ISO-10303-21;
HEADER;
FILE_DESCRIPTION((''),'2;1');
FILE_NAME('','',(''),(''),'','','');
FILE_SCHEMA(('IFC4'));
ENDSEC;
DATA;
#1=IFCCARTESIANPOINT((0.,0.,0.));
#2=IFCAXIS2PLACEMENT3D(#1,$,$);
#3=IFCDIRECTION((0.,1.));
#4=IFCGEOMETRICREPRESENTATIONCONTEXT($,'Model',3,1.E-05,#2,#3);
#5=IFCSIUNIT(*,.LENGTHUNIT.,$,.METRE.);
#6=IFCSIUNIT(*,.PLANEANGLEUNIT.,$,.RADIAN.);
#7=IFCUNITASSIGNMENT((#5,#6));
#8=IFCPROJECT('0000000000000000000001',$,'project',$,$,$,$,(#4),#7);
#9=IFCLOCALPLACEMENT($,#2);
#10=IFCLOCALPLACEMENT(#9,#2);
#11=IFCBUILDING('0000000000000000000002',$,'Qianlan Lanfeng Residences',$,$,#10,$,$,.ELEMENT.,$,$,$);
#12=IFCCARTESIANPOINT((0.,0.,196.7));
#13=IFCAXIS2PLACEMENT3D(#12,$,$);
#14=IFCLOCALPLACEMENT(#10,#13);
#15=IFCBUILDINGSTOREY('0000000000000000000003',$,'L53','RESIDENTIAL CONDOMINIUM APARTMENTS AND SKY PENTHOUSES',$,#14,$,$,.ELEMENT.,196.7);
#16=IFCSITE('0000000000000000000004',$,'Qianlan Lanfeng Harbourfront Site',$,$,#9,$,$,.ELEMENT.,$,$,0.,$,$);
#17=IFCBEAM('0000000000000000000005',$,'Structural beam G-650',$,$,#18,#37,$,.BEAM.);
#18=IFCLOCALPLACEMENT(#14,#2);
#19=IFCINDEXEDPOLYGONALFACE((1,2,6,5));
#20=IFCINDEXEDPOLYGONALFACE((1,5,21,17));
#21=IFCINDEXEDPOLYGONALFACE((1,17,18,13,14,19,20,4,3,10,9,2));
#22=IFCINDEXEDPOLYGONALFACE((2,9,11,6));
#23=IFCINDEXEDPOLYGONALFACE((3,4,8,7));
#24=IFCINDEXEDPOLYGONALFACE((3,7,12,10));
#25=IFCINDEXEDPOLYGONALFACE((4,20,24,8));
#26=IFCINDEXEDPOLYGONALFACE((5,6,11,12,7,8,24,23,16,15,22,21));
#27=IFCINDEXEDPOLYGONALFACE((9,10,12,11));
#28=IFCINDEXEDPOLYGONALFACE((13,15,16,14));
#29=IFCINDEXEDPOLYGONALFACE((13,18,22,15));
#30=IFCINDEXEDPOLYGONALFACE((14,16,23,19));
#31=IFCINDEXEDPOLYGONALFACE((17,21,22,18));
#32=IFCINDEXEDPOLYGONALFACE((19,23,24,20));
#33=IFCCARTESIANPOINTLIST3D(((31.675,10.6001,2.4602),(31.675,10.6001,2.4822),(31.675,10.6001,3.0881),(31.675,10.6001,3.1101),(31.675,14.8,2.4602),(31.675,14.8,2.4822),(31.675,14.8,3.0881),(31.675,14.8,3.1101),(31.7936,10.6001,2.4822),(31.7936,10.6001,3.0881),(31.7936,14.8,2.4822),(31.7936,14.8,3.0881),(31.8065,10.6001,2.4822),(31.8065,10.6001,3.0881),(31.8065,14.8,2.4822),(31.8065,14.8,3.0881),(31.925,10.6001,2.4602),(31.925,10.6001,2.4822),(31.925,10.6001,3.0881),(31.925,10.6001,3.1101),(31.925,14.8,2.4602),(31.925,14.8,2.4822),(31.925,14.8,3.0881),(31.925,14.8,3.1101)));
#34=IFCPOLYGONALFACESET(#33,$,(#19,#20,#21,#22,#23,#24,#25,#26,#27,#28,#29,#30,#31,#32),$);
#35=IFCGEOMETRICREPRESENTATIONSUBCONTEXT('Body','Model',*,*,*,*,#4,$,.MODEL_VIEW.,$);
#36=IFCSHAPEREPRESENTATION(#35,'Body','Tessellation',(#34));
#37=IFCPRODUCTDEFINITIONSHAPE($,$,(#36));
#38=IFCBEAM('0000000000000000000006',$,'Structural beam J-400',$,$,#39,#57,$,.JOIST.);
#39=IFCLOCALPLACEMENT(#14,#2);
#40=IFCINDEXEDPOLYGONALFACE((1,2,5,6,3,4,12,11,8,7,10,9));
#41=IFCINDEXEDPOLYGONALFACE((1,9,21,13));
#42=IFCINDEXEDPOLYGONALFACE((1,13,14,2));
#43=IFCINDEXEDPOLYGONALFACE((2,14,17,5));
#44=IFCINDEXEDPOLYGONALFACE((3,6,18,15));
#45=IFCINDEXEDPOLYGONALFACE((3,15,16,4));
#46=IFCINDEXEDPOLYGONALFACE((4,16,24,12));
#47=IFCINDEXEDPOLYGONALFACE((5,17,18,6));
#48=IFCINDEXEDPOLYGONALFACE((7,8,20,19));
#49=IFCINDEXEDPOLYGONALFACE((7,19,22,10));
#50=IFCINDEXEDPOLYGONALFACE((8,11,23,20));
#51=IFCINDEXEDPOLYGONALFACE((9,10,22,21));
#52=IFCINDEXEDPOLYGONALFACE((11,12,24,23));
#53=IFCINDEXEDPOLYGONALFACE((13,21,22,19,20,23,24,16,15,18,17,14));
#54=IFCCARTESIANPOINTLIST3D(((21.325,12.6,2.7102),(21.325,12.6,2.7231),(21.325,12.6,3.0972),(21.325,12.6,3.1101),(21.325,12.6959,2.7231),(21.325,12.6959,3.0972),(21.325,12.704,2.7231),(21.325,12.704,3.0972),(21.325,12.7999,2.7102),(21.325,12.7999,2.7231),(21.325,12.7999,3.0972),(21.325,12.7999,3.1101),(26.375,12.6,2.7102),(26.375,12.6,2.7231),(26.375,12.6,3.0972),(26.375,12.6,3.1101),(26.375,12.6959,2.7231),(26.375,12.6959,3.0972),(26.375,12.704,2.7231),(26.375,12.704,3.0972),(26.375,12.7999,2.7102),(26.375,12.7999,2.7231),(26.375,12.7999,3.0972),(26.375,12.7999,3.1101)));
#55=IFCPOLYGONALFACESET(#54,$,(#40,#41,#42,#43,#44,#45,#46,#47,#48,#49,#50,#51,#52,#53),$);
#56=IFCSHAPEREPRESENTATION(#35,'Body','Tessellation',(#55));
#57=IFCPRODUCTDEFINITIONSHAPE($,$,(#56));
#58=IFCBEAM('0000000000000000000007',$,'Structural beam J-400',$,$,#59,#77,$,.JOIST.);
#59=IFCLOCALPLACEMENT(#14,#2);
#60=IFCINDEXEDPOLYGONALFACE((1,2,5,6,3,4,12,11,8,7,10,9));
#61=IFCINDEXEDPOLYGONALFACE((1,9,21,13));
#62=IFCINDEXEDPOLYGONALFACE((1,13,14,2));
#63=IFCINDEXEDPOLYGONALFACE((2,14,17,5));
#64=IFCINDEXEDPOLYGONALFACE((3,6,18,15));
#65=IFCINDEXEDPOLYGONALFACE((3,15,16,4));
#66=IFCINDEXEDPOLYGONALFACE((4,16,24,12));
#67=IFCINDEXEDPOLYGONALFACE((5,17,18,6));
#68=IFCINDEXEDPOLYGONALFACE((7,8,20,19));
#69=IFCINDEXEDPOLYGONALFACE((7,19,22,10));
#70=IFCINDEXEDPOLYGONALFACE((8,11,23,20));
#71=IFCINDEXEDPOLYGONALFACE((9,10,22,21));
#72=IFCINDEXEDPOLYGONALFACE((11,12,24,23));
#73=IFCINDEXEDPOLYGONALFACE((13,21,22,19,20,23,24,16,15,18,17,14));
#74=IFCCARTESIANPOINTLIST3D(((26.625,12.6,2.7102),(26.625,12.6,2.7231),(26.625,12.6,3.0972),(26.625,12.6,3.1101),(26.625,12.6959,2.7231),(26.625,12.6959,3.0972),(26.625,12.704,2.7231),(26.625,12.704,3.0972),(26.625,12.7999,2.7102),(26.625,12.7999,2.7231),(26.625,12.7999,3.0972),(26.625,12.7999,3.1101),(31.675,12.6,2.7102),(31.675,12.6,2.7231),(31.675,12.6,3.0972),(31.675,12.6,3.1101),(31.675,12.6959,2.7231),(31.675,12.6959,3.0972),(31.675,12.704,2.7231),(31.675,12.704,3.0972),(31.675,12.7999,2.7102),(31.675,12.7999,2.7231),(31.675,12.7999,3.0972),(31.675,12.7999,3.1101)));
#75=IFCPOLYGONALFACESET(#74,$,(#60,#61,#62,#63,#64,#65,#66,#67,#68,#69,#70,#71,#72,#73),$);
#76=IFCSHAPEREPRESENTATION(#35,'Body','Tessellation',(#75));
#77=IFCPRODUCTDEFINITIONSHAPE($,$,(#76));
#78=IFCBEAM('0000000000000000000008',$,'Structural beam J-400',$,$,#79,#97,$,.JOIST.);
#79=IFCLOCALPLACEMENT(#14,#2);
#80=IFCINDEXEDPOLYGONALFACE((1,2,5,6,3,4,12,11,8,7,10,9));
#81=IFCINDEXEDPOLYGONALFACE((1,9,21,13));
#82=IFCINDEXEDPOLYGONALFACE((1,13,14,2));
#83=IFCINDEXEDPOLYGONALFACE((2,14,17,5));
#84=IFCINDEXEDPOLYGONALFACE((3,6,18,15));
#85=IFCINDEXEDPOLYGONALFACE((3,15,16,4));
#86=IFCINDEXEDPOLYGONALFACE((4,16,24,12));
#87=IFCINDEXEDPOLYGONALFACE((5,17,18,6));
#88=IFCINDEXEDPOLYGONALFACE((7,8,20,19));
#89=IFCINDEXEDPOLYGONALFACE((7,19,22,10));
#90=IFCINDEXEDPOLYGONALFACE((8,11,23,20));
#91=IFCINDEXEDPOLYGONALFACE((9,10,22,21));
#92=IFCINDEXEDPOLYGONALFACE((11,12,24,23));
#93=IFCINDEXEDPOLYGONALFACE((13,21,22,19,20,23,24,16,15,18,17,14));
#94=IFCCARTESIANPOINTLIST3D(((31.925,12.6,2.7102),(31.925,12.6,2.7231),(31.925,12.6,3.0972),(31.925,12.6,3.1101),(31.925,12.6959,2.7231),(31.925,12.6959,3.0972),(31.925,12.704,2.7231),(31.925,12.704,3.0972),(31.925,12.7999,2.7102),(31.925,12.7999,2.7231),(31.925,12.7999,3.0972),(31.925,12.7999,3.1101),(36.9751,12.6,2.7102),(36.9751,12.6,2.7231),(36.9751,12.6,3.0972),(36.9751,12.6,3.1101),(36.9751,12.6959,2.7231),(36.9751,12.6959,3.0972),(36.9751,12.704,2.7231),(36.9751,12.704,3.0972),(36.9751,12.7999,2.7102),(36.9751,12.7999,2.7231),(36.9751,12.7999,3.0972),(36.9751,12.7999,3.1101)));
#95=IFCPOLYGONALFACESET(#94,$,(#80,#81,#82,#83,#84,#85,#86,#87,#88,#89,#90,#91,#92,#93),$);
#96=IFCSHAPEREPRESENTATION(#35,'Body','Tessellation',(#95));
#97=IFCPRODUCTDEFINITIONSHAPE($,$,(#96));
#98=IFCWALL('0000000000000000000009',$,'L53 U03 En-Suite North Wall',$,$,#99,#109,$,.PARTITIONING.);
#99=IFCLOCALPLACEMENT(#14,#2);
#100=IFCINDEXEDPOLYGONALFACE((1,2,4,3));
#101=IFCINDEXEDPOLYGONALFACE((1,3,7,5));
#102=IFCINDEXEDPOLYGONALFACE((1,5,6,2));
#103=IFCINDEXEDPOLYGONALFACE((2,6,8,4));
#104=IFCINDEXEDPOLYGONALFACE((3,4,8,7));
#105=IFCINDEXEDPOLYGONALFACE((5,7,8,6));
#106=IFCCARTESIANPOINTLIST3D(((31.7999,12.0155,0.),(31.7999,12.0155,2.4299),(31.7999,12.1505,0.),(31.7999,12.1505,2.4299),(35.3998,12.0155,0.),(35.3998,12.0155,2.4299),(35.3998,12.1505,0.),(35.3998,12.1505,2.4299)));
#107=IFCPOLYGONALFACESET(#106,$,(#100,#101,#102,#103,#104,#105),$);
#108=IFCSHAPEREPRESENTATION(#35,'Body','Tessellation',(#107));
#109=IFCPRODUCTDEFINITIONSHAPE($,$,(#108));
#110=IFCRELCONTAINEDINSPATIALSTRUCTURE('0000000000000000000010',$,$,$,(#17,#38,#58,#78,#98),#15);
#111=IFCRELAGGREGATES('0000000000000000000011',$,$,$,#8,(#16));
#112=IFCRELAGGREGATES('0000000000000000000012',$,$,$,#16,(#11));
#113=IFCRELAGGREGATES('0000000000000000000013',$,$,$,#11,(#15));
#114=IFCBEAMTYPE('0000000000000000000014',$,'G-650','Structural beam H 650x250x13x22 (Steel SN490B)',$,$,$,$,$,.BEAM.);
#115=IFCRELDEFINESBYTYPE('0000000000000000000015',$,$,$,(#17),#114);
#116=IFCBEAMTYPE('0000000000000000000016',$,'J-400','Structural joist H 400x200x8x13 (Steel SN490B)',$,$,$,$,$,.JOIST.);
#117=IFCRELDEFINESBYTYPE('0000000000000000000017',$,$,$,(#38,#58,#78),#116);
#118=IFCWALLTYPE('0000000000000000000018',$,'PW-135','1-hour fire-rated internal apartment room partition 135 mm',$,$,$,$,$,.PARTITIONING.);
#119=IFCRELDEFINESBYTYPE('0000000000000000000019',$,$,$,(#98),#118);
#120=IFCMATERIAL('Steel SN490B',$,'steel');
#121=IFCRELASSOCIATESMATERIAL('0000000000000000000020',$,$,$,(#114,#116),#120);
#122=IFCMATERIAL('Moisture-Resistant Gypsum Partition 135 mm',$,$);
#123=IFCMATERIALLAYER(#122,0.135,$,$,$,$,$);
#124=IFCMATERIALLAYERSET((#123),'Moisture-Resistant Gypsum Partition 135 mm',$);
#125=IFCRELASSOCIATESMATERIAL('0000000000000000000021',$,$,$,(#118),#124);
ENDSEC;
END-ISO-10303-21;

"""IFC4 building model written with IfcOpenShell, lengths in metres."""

from ifc_helpers import new_model, si_unit, direction, frame, frame_2d, origin, origin_2d, place, context, subcontext, project, spatial, rectangle, i_section, extrude, material, layer, layer_set, material_profile, profile_set, type_object, element, save


model = new_model("IFC4")

# Units and contexts
model_context = context("Model", 3, precision=1e-05, world=origin(), true_north=direction((0.0, 1.0)))
body_context = subcontext(model_context, "Body", "Model", "MODEL_VIEW")
ifc_project = project(units=[si_unit("LENGTHUNIT", "METRE"), si_unit("PLANEANGLEUNIT", "RADIAN")], contexts=[model_context])

# Site, building, storey
site_placement = place(None, origin())
site = spatial("IfcSite", under=ifc_project, at=site_placement, Name="Qianlan Lanfeng Harbourfront Site", CompositionType="ELEMENT", RefElevation=0.0)
building_placement = place(site_placement, origin())
building = spatial("IfcBuilding", under=site, at=building_placement, Name="Qianlan Lanfeng Residences", CompositionType="ELEMENT")
storey_placement = place(building_placement, frame((0.0, 0.0, 196.7)))
storey = spatial("IfcBuildingStorey", under=building, at=storey_placement, Name="L53", Description="RESIDENTIAL CONDOMINIUM APARTMENTS AND SKY PENTHOUSES", CompositionType="ELEMENT", Elevation=196.7)

# Shared definitions
ifc_material_1 = material(Name="Steel SN490B", Category="steel")

# Beams
ifc_material_profile_1 = material_profile(ifc_material_1, i_section(OverallWidth=0.25, OverallDepth=0.6499, WebThickness=0.0129, FlangeThickness=0.022, at=origin_2d()), Name="H 650x250x13x22")
ifc_profile_set_1 = profile_set([ifc_material_profile_1], Name="Steel SN490B")
beam_type_1 = type_object("IfcBeamType", Name="G-650", Description="Structural beam H 650x250x13x22 (Steel SN490B)", PredefinedType="BEAM", material=ifc_profile_set_1)
beam_1_placement = place(storey_placement, frame((31.8, 10.6001, 2.7852), z_axis=(0.0, 1.0, 0.0), x_axis=(-1.0, 0.0, 0.0)))
element("IfcBeam", 1, at=beam_1_placement, inside=storey, type_object=beam_type_1, Name="Structural beam G-650", PredefinedType="BEAM", context=body_context, shape_type="SweptSolid", body=[
    extrude(i_section(OverallWidth=0.25, OverallDepth=0.6499, WebThickness=0.0129, FlangeThickness=0.022, at=origin_2d()), origin(), (0.0, 0.0, 1.0), 4.2),
])
ifc_material_profile_2 = material_profile(ifc_material_1, i_section(OverallWidth=0.2, OverallDepth=0.3999, WebThickness=0.0081, FlangeThickness=0.0129, at=origin_2d()), Name="H 400x200x8x13")
ifc_profile_set_2 = profile_set([ifc_material_profile_2], Name="Steel SN490B")
beam_type_2 = type_object("IfcBeamType", Name="J-400", Description="Structural joist H 400x200x8x13 (Steel SN490B)", PredefinedType="JOIST", material=ifc_profile_set_2)
for number, where, z_axis, x_axis, name in (
    (2, (21.325, 12.7, 2.9102), (1.0, 0.0, 0.0), (0.0, 1.0, 0.0), "Structural beam J-400"),
    (3, (26.625, 12.7, 2.9102), (1.0, 0.0, 0.0), (0.0, 1.0, 0.0), "Structural beam J-400"),
    (4, (31.925, 12.7, 2.9102), (1.0, 0.0, 0.0), (0.0, 1.0, 0.0), "Structural beam J-400"),
):
    element("IfcBeam", number, at=place(storey_placement, frame(where, z_axis=z_axis, x_axis=x_axis)), inside=storey, type_object=beam_type_2, Name=name, PredefinedType="JOIST", context=body_context, shape_type="SweptSolid", body=[
        extrude(i_section(OverallWidth=0.2, OverallDepth=0.3999, WebThickness=0.0081, FlangeThickness=0.0129, at=origin_2d()), origin(), (0.0, 0.0, 1.0), 5.05),
    ])

# Shared definitions
ifc_material_2 = material(Name="Moisture-Resistant Gypsum Partition 135 mm")
ifc_layer = layer(ifc_material_2, 0.135)
ifc_layer_set = layer_set([ifc_layer], Name="Moisture-Resistant Gypsum Partition 135 mm")
wall_type = type_object("IfcWallType", Name="PW-135", Description="1-hour fire-rated internal apartment room partition 135 mm", PredefinedType="PARTITIONING", material=ifc_layer_set)

# Wall
wall_1_placement = place(storey_placement, frame((31.8, 12.083, 0.0), z_axis=(0.0, 0.0, 1.0), x_axis=(1.0, 0.0, 0.0)))
element("IfcWall", 5, at=wall_1_placement, inside=storey, type_object=wall_type, Name="L53 U03 En-Suite North Wall", PredefinedType="PARTITIONING", context=body_context, shape_type="SweptSolid", body=[
    extrude(rectangle(XDim=3.5999, YDim=0.135, at=frame_2d((1.7998, 0.0))), origin(), (0.0, 0.0, 1.0), 2.4299),
])

save(model, "model.ifc")
